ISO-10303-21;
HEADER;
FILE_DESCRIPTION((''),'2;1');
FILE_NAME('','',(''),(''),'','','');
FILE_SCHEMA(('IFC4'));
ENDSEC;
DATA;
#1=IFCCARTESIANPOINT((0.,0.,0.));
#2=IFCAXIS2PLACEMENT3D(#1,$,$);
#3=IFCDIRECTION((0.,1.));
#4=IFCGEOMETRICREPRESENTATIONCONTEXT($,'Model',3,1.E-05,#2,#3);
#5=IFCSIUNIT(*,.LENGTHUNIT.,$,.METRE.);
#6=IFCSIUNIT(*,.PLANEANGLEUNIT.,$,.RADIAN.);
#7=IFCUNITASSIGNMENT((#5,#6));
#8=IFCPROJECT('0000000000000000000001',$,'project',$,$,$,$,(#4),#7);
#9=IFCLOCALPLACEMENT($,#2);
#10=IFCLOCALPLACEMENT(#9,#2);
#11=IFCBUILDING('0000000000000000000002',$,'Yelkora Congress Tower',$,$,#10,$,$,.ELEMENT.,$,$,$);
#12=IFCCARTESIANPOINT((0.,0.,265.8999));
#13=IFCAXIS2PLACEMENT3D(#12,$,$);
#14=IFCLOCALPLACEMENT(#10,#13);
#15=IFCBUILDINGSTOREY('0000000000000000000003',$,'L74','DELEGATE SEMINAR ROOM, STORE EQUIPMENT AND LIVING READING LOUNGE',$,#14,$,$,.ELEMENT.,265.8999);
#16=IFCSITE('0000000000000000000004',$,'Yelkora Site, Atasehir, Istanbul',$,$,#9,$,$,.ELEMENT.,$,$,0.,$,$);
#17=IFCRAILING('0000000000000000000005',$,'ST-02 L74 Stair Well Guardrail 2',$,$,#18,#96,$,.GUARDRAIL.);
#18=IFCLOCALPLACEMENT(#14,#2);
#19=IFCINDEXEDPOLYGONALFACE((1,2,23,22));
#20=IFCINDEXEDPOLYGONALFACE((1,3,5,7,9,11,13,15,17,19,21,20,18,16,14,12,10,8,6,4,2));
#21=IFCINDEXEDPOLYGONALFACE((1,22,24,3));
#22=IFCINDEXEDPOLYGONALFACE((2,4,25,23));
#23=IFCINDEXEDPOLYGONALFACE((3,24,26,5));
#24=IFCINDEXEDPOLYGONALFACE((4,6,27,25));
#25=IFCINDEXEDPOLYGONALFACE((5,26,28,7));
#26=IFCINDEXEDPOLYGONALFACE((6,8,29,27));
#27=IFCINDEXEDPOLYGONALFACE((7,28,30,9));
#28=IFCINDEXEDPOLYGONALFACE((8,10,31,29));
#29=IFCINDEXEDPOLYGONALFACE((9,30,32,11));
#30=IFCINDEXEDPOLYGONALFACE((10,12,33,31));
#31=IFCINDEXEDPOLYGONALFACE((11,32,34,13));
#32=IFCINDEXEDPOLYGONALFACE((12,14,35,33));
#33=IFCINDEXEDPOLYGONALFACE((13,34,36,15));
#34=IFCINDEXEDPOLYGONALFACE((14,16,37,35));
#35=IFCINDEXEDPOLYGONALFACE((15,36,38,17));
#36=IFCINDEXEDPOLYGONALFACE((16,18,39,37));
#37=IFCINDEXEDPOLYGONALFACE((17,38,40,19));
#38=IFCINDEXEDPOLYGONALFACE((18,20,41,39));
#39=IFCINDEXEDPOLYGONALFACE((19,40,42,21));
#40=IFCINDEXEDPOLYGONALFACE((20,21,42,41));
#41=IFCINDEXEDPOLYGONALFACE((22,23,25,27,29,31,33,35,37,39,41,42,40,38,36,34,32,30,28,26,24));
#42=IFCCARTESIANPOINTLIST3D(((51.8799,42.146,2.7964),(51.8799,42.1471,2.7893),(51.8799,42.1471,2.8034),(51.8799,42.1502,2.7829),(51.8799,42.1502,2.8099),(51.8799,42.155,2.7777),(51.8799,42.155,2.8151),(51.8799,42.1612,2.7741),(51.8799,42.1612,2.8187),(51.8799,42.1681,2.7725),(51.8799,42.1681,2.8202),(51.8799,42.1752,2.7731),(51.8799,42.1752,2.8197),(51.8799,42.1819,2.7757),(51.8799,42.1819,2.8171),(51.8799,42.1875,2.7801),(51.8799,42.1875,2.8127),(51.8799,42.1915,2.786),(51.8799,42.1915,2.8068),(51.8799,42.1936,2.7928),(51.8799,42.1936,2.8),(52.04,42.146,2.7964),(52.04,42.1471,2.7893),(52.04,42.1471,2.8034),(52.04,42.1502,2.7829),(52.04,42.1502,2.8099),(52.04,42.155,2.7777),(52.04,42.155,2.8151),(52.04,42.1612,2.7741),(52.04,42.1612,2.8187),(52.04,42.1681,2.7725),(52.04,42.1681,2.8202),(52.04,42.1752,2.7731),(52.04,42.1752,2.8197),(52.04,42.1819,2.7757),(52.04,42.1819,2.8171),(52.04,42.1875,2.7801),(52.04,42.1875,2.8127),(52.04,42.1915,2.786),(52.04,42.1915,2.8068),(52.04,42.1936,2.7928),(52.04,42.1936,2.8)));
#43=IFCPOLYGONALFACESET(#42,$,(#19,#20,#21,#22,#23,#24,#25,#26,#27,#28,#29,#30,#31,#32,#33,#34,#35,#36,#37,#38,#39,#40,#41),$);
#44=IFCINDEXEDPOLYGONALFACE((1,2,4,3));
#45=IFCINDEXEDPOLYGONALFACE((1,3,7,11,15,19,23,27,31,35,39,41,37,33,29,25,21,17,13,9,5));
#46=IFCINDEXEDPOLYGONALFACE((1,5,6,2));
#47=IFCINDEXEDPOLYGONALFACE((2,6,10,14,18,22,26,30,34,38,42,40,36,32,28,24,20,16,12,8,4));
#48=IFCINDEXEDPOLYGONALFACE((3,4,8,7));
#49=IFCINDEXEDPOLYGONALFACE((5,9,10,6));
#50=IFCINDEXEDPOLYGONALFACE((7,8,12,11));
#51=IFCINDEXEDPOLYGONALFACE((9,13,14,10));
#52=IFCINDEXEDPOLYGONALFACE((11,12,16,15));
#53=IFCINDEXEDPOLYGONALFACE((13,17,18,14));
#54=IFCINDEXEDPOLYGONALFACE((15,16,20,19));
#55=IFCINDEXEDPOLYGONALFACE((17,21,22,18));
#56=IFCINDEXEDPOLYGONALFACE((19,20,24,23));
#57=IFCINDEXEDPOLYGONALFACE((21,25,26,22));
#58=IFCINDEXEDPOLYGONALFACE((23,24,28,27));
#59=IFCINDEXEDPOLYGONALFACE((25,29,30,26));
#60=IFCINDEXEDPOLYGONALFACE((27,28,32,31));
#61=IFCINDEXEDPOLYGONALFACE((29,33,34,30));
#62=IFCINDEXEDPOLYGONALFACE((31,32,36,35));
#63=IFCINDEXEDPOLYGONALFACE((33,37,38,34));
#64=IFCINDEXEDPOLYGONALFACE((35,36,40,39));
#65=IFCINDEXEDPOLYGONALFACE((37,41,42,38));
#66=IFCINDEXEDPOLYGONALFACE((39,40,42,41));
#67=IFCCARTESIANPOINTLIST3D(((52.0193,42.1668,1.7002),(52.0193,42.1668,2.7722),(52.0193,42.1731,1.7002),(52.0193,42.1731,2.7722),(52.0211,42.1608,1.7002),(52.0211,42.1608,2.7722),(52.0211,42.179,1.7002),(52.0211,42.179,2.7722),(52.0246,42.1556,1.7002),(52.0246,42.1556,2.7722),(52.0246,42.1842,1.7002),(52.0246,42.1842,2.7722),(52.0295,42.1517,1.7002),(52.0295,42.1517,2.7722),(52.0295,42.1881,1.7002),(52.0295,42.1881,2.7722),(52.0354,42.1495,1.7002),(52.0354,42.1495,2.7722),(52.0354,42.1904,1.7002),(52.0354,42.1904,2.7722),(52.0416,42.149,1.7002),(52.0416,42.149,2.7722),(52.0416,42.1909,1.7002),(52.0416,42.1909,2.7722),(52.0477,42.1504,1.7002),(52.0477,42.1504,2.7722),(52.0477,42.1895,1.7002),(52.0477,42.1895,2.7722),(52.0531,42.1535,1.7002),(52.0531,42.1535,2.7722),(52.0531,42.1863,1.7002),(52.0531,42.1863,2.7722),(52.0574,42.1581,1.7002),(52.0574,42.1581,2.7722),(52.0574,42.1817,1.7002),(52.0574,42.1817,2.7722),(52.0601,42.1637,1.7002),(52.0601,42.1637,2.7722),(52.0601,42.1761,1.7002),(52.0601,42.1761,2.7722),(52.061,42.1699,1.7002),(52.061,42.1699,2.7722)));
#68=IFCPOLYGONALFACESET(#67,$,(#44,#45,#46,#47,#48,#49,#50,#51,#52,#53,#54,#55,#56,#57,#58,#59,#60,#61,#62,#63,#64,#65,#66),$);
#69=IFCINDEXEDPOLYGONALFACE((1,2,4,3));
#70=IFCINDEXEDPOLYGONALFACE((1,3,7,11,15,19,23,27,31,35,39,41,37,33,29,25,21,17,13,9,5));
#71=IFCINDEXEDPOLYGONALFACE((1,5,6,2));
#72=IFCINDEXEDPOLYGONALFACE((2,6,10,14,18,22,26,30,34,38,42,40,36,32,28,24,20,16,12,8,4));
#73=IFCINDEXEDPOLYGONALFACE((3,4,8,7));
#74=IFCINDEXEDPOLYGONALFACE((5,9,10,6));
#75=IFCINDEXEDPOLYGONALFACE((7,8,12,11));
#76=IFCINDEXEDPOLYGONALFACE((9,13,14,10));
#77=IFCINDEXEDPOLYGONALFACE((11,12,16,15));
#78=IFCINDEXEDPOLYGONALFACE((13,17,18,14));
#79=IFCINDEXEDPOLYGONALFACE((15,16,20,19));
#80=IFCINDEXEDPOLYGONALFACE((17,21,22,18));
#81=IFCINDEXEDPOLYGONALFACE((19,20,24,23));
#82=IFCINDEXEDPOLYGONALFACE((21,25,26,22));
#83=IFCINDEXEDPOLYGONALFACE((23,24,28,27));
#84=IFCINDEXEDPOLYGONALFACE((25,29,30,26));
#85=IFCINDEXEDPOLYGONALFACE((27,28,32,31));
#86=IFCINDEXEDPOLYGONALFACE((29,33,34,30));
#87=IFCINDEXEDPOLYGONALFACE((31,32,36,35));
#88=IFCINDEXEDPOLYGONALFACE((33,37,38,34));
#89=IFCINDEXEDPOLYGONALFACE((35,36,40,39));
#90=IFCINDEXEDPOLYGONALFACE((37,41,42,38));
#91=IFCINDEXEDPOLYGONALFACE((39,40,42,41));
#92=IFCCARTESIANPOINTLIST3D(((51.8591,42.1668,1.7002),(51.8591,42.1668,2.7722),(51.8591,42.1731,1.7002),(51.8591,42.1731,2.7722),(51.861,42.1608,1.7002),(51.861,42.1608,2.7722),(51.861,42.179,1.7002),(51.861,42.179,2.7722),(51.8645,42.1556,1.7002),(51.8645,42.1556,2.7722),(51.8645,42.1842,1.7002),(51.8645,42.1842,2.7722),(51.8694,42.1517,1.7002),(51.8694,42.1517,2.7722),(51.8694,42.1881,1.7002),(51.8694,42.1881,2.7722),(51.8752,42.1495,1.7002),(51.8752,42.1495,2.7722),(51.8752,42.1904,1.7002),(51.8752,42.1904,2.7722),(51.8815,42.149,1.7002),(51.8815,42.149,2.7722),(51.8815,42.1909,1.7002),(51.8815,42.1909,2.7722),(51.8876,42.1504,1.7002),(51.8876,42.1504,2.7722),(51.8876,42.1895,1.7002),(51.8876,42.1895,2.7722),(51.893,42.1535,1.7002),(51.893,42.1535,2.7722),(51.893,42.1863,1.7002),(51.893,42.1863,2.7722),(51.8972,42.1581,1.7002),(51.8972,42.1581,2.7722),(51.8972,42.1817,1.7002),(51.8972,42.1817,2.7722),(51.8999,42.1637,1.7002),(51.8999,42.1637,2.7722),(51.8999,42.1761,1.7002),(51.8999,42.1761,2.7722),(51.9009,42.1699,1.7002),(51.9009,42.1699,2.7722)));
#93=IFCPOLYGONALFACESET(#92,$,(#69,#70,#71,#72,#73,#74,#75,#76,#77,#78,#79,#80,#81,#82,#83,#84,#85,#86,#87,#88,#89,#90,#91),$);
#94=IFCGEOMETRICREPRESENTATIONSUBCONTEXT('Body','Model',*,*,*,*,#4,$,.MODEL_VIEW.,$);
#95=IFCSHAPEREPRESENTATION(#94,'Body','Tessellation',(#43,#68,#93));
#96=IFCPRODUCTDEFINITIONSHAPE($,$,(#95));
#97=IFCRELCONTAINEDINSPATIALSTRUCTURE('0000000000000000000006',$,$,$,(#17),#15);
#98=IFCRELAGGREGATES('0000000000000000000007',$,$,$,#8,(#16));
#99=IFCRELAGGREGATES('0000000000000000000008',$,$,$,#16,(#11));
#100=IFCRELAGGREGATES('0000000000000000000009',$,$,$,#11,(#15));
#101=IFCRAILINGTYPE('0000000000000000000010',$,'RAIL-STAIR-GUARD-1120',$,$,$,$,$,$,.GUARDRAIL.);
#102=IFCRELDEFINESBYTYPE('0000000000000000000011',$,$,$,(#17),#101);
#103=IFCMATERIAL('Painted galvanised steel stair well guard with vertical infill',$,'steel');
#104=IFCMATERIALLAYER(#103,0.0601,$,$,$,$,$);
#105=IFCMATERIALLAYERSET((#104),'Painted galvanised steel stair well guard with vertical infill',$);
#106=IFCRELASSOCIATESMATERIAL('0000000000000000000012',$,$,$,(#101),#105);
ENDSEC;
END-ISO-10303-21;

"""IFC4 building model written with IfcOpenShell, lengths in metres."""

from ifc_helpers import new_model, si_unit, direction, frame, origin, origin_2d, place, context, subcontext, project, spatial, circle, extrude, material, layer, layer_set, type_object, element, save


model = new_model("IFC4")

# Units and contexts
model_context = context("Model", 3, precision=1e-05, world=origin(), true_north=direction((0.0, 1.0)))
body_context = subcontext(model_context, "Body", "Model", "MODEL_VIEW")
ifc_project = project(units=[si_unit("LENGTHUNIT", "METRE"), si_unit("PLANEANGLEUNIT", "RADIAN")], contexts=[model_context])

# Site, building, storey
site_placement = place(None, origin())
site = spatial("IfcSite", under=ifc_project, at=site_placement, Name="Yelkora Site, Atasehir, Istanbul", CompositionType="ELEMENT", RefElevation=0.0)
building_placement = place(site_placement, origin())
building = spatial("IfcBuilding", under=site, at=building_placement, Name="Yelkora Congress Tower", CompositionType="ELEMENT")
storey_placement = place(building_placement, frame((0.0, 0.0, 265.8999)))
storey = spatial("IfcBuildingStorey", under=building, at=storey_placement, Name="L74", Description="DELEGATE SEMINAR ROOM, STORE EQUIPMENT AND LIVING READING LOUNGE", CompositionType="ELEMENT", Elevation=265.8999)

# Railing
ifc_material_1 = material(Name="Painted galvanised steel stair well guard with vertical infill", Category="steel")
ifc_layer_1 = layer(ifc_material_1, 0.0601)
ifc_layer_set_1 = layer_set([ifc_layer_1], Name="Painted galvanised steel stair well guard with vertical infill")
railing_type = type_object("IfcRailingType", Name="RAIL-STAIR-GUARD-1120", PredefinedType="GUARDRAIL", material=ifc_layer_set_1)
railing_1_placement = place(storey_placement, frame((52.04, 42.1699, 1.7002)))
element("IfcRailing", 1, at=railing_1_placement, inside=storey, type_object=railing_type, Name="ST-02 L74 Stair Well Guardrail 2", PredefinedType="GUARDRAIL", context=body_context, shape_type="SweptSolid", body=[
    extrude(circle(Radius=0.0239, at=origin_2d()), frame((0.0, 0.0, 1.0962), z_axis=(-1.0, 0.0, 0.0), x_axis=(0.0, -1.0, 0.0)), (0.0, 0.0, 1.0), 0.1602),
    extrude(circle(Radius=0.021, at=origin_2d()), origin(), (0.0, 0.0, 1.0), 1.072),
    extrude(circle(Radius=0.021, at=origin_2d()), frame((-0.1602, 0.0, 0.0)), (0.0, 0.0, 1.0), 1.072),
])

save(model, "model.ifc")
